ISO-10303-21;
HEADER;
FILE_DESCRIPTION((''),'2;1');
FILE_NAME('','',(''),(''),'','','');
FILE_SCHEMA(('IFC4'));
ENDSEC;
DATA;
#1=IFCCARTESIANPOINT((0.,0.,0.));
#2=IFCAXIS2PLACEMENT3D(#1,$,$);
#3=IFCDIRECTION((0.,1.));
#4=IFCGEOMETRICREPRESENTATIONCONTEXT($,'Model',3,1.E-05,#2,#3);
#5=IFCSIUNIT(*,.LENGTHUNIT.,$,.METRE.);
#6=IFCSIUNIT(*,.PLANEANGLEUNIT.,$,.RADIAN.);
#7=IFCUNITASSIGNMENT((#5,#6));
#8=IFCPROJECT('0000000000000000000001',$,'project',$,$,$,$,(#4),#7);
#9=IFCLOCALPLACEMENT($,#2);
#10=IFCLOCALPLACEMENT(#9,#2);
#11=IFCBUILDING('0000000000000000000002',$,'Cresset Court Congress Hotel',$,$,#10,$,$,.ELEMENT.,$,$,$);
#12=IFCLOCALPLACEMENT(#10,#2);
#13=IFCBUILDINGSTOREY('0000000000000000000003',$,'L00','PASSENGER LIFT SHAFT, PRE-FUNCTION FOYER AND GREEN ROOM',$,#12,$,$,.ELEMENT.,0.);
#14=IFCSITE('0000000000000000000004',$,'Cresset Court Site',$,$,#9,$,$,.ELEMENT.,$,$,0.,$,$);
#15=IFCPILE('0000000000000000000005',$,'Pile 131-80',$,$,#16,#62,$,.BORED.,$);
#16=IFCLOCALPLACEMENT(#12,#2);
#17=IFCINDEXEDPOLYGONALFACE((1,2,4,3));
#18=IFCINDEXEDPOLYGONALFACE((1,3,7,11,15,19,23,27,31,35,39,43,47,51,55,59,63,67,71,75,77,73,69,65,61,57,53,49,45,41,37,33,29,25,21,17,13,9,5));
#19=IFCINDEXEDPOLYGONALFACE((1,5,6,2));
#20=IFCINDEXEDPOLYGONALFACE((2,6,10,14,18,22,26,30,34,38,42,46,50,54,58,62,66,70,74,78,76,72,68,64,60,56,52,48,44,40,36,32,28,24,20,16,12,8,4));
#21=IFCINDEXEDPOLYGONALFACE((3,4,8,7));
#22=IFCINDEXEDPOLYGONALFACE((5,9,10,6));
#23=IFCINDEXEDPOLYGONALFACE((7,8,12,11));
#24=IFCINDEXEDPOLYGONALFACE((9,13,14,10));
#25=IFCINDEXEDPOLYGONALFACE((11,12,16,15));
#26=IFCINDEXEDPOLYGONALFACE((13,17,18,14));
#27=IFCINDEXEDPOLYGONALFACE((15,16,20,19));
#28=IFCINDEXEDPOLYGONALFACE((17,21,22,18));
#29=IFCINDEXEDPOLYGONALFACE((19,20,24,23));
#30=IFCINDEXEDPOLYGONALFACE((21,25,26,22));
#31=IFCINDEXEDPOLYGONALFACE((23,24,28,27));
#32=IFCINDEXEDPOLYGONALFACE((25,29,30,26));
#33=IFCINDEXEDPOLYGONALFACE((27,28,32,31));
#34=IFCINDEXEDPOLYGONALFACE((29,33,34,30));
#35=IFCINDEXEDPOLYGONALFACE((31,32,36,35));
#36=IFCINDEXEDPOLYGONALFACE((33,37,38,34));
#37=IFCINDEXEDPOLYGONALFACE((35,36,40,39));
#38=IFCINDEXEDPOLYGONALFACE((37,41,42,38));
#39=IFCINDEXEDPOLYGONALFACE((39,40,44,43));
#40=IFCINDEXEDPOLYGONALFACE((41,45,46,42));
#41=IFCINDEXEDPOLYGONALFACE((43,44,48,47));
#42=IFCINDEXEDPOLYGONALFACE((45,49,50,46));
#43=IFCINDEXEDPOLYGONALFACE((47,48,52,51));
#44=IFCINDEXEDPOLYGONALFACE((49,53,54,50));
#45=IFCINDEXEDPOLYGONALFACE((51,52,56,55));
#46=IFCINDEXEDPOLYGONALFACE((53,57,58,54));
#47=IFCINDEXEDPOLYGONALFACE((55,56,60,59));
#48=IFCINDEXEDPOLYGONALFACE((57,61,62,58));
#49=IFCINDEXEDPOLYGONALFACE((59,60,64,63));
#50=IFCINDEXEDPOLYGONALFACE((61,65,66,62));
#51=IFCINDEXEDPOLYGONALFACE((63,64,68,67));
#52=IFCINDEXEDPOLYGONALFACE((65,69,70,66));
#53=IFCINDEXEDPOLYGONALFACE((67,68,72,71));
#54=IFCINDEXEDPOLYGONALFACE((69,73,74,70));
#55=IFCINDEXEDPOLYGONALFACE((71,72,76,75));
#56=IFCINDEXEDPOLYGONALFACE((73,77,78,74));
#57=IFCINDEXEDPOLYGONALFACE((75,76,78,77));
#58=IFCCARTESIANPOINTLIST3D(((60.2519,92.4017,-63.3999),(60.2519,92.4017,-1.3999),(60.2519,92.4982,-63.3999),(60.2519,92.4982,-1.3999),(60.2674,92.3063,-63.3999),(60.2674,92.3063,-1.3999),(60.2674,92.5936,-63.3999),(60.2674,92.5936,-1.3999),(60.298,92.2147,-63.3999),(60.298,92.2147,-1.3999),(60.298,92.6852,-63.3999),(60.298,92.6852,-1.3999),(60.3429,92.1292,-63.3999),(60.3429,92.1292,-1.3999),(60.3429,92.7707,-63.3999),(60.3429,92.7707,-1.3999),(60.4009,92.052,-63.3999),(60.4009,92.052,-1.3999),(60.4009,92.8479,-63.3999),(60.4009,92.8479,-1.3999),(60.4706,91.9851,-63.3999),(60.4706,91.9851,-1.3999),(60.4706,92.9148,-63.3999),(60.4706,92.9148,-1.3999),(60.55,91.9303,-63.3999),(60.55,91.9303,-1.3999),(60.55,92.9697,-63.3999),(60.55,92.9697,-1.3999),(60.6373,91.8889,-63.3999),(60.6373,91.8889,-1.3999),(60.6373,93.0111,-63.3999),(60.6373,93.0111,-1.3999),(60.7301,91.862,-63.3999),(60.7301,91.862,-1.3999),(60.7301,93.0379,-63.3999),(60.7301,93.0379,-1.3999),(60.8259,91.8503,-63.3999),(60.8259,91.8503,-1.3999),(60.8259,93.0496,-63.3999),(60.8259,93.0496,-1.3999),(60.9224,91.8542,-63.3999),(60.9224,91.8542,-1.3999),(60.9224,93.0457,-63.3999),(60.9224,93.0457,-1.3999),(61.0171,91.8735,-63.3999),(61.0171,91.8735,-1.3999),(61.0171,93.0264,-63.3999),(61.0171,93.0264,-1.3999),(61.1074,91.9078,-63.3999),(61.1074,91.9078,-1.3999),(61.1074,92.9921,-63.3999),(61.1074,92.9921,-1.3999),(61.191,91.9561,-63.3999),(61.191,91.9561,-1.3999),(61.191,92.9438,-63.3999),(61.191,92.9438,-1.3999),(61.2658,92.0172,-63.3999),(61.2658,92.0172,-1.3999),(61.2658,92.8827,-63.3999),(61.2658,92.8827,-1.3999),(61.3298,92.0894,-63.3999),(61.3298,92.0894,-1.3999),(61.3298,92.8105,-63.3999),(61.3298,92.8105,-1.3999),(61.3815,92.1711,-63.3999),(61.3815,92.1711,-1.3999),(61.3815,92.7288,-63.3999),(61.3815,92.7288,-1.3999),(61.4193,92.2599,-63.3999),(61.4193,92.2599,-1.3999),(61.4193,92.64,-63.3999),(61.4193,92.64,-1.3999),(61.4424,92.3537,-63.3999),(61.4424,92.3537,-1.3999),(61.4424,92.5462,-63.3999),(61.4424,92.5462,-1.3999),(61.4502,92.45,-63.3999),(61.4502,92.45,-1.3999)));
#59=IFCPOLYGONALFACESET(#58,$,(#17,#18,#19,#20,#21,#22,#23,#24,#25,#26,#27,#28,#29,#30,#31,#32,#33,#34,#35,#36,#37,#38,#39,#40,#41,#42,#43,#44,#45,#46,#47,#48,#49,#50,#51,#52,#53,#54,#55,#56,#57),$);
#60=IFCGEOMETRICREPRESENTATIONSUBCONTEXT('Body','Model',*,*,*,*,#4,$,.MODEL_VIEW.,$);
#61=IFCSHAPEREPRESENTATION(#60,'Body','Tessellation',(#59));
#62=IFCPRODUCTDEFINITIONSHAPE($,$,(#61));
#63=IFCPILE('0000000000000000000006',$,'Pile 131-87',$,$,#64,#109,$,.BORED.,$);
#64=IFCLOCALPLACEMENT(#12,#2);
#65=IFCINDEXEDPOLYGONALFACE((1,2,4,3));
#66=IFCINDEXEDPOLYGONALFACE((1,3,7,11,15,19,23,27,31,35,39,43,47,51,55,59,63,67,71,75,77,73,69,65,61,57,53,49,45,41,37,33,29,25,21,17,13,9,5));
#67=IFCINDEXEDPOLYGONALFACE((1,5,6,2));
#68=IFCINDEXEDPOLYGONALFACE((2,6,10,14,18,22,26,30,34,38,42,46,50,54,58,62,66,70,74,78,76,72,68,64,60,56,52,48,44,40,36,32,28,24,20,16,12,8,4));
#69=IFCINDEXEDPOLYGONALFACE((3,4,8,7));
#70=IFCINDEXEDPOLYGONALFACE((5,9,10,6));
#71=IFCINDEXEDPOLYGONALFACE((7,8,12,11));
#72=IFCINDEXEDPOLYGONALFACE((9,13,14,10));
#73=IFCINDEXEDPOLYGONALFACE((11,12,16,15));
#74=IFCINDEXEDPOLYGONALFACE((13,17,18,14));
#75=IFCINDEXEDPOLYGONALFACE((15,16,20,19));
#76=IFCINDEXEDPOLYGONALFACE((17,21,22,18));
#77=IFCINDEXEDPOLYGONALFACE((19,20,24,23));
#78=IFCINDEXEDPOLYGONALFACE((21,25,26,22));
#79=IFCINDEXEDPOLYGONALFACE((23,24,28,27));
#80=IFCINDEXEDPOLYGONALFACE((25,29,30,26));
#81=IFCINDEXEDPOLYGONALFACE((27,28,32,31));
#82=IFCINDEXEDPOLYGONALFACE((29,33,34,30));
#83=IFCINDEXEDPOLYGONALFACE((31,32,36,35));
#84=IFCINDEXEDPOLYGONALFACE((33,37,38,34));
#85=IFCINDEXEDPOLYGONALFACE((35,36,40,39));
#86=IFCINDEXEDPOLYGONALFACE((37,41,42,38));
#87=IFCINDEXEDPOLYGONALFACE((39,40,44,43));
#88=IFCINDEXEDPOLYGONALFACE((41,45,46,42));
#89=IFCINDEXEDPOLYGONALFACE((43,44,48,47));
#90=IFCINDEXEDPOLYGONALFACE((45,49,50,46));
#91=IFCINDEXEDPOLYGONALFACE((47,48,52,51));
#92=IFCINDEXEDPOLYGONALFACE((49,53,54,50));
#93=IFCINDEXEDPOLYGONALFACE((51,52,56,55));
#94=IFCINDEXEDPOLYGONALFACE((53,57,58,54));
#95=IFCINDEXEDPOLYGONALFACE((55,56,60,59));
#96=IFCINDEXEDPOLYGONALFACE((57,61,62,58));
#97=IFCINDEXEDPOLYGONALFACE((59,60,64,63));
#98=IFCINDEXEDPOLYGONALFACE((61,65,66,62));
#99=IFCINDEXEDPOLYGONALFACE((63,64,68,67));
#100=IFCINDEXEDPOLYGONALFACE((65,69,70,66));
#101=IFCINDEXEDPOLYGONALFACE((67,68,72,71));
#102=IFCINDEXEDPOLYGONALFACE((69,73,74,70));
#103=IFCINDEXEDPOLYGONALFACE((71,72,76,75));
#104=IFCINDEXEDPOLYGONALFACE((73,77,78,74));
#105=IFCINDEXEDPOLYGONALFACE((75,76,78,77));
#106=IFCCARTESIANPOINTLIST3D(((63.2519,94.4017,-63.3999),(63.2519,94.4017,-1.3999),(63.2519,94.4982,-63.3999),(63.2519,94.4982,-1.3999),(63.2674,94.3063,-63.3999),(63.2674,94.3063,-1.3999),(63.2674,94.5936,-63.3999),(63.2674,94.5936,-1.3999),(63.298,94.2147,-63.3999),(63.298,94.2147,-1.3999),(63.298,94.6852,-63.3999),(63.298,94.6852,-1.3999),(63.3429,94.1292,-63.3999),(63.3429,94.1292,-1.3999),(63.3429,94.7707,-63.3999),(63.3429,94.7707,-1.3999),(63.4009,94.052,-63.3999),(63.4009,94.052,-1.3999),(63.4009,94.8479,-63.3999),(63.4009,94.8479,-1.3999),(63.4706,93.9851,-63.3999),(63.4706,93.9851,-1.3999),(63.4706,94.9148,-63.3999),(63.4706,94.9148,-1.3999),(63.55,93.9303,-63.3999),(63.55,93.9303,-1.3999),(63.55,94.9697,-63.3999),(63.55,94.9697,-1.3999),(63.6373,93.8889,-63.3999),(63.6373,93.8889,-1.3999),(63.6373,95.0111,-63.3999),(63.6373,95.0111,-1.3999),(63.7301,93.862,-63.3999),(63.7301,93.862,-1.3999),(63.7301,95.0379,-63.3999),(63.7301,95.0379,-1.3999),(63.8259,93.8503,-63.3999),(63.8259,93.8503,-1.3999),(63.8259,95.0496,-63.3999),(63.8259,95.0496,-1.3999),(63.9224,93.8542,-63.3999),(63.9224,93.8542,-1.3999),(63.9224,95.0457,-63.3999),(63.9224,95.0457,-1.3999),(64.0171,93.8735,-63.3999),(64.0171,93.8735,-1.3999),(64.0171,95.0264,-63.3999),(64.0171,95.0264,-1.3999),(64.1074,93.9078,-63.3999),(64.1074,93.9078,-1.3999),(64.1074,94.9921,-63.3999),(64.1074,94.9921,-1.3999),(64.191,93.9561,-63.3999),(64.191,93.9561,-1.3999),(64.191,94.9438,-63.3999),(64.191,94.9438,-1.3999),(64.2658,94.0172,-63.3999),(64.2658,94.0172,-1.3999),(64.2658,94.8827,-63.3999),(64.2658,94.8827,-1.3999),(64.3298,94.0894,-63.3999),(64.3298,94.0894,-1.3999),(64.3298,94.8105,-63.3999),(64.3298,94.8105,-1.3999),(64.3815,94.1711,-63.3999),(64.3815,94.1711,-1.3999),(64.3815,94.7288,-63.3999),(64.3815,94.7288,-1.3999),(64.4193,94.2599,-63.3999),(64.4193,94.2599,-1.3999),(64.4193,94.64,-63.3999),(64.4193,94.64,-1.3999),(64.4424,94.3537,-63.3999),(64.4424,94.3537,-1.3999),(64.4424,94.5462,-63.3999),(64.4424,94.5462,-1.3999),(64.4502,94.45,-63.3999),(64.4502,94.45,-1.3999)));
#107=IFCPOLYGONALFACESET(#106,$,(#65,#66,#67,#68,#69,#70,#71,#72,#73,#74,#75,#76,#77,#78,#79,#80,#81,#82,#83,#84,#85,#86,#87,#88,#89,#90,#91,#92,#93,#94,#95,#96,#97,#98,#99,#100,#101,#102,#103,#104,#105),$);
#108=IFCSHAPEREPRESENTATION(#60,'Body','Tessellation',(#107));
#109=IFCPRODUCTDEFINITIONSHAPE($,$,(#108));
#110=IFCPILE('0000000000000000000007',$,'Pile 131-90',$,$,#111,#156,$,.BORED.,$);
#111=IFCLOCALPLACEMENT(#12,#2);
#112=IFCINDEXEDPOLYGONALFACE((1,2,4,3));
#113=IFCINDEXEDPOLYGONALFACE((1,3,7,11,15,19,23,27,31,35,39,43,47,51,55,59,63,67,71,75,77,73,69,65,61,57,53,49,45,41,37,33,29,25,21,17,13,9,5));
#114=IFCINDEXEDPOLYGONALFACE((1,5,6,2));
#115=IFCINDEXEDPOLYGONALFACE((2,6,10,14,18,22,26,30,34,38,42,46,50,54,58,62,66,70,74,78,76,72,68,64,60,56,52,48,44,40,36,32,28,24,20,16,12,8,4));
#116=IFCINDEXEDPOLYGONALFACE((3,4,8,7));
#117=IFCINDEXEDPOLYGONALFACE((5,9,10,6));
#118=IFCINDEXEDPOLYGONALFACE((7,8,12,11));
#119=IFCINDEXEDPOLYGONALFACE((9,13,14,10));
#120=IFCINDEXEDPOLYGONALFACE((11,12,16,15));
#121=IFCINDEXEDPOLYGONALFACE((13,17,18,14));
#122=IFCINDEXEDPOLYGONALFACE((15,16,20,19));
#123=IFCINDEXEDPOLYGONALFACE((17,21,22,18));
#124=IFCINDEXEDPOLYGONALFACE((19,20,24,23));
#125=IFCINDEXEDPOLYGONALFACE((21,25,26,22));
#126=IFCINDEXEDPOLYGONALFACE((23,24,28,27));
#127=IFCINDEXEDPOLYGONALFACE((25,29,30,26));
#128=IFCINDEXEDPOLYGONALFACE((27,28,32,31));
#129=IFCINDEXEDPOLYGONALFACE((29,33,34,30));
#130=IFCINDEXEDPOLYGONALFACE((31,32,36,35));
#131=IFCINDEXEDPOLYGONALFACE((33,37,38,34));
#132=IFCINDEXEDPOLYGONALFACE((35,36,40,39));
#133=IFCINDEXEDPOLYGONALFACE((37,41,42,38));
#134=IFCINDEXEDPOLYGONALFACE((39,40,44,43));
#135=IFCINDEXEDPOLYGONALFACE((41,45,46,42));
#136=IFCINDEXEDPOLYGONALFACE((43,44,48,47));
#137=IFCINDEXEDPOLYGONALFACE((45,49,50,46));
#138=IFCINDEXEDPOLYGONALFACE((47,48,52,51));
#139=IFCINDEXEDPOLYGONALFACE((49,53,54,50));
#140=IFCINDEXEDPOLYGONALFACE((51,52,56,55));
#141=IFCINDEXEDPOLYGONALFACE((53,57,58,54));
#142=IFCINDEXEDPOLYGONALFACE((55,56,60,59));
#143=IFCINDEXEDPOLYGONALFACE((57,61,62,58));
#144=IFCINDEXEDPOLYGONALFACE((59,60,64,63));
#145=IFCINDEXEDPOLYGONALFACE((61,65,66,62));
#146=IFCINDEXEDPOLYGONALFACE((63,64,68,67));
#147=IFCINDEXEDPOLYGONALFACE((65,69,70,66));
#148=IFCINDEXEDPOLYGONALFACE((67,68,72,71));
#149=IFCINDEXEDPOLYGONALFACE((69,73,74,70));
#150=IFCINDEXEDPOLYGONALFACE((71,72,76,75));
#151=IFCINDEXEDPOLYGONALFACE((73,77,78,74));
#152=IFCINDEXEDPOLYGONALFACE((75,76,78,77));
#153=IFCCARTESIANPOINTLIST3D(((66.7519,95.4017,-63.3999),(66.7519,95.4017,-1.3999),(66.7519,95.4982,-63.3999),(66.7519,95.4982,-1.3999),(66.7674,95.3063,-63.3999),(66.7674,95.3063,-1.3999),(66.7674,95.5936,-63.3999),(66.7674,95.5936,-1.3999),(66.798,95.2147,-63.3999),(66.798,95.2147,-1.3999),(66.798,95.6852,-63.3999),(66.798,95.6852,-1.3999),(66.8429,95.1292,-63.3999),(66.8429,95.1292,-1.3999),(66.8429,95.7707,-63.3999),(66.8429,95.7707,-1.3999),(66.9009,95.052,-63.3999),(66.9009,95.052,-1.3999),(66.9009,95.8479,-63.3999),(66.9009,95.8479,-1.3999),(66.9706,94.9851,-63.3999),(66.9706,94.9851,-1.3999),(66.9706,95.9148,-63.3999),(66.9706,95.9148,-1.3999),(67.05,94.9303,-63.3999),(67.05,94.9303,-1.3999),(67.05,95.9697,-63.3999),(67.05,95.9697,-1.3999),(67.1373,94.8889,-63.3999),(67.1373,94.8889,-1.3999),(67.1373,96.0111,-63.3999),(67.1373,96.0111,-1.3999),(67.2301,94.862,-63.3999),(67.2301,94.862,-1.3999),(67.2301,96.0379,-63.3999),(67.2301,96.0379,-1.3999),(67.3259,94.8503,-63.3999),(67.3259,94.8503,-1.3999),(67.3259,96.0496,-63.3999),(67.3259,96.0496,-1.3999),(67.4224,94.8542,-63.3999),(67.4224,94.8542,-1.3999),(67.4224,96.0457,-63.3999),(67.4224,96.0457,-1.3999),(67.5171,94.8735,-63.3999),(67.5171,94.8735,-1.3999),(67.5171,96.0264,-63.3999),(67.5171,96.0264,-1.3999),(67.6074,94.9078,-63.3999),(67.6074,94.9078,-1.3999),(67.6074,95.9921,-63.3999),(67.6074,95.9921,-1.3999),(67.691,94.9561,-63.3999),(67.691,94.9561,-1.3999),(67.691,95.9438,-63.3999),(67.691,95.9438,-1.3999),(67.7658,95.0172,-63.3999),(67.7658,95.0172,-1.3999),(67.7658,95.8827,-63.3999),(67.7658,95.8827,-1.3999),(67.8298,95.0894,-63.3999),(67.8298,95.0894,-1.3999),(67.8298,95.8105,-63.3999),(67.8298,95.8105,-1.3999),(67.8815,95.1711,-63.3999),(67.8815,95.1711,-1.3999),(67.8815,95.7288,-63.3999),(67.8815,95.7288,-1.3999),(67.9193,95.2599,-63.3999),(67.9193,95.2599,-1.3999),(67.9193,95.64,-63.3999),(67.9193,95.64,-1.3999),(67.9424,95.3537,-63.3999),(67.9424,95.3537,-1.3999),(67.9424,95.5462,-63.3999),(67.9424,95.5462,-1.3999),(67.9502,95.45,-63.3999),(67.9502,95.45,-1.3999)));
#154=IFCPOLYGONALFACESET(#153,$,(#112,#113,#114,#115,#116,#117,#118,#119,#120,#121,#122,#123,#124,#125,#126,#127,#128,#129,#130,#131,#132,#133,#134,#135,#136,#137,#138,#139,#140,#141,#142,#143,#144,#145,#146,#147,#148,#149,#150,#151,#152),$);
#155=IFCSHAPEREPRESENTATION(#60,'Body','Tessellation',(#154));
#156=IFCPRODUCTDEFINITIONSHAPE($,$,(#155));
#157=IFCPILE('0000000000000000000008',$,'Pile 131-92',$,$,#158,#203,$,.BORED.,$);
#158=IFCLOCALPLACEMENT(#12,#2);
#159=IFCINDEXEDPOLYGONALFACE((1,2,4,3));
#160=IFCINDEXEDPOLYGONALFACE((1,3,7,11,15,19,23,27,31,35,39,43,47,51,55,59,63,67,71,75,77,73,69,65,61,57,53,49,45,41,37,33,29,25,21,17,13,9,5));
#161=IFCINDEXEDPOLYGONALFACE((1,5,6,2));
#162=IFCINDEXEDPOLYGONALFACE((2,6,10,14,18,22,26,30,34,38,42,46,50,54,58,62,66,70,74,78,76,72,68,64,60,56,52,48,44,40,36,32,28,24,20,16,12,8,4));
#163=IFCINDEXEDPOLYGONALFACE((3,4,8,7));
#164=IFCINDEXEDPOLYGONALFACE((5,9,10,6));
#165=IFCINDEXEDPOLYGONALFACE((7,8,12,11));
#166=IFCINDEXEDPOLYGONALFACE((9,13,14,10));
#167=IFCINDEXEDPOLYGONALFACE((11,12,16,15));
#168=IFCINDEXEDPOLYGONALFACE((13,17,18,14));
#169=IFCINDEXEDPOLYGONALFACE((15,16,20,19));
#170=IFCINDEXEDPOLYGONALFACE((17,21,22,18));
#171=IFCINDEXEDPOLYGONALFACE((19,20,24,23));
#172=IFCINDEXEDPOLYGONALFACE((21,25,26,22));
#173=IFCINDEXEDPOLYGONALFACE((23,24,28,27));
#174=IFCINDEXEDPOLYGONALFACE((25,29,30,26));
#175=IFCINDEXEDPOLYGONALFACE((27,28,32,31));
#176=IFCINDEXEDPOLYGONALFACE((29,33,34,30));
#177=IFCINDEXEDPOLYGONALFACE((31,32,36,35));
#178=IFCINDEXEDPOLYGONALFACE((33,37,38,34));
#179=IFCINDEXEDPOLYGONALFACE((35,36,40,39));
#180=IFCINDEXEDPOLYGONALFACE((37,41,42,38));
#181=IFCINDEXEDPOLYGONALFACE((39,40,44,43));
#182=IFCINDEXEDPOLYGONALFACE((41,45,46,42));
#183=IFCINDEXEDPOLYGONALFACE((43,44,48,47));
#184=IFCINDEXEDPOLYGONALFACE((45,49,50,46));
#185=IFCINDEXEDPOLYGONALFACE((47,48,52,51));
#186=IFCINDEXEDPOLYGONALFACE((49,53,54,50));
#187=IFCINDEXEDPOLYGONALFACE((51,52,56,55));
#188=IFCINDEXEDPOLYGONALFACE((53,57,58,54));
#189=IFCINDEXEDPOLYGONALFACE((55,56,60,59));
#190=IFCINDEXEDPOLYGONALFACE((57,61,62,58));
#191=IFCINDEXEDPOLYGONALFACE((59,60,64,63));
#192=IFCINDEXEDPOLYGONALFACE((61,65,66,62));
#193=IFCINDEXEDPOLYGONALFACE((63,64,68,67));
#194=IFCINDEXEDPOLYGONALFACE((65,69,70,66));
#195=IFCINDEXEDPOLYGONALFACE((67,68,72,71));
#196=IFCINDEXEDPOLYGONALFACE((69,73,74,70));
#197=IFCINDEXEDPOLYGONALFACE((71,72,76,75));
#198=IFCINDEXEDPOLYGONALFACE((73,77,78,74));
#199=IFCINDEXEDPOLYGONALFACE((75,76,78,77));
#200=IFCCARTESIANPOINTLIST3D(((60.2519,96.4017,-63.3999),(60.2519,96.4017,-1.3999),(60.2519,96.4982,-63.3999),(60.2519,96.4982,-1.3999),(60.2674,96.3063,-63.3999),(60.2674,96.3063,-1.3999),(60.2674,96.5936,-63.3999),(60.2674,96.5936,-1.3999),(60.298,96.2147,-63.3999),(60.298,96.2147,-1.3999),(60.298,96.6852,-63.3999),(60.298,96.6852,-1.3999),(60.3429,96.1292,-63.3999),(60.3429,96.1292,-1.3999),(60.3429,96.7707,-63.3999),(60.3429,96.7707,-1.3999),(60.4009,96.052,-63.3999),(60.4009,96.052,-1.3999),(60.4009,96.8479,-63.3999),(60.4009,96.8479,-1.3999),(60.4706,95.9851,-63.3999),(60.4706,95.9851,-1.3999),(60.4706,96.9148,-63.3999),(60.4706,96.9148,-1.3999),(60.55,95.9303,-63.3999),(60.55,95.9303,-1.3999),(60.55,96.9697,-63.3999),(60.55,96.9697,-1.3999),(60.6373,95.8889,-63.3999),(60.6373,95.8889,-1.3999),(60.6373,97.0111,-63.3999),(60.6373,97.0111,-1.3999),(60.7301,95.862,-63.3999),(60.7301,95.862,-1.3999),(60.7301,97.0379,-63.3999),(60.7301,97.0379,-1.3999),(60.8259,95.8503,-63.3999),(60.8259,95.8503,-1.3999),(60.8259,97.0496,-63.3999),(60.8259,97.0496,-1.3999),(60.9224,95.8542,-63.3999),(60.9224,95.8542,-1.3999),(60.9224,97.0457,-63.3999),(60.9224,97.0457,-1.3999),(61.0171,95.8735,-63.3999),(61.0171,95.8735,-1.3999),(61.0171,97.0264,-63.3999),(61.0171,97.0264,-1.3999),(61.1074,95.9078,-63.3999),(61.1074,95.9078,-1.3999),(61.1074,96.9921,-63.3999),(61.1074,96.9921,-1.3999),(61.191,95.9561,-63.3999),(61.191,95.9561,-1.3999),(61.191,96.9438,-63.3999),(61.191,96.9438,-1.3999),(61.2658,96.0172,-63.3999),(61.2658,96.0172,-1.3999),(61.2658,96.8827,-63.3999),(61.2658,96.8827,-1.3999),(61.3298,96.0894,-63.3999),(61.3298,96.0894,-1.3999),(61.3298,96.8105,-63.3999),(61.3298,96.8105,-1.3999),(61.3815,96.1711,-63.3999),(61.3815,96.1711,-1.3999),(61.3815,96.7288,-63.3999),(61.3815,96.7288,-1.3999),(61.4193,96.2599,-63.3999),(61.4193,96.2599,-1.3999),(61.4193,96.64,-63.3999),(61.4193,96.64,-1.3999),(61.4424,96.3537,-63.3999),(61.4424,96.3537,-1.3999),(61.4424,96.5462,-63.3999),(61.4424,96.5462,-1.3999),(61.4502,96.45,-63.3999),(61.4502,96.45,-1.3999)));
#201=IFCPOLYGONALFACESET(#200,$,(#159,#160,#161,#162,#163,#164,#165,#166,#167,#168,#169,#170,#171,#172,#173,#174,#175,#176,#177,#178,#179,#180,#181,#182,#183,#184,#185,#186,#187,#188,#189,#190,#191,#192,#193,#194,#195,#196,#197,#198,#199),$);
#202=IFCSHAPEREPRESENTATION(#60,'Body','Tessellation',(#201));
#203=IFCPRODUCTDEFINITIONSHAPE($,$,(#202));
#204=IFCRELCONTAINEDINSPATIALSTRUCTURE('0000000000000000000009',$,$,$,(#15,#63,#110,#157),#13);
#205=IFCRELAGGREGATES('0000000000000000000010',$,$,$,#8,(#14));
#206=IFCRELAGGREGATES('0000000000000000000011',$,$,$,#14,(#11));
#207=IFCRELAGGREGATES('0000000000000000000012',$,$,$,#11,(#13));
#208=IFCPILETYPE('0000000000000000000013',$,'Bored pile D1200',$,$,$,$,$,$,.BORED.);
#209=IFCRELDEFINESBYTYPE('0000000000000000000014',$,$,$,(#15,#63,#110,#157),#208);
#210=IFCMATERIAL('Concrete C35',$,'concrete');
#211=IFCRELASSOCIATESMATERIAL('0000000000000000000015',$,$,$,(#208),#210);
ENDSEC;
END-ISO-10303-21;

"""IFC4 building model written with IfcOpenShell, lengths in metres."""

from ifc_helpers import new_model, si_unit, direction, frame, origin, origin_2d, place, context, subcontext, project, spatial, circle, extrude, material, type_object, element, save


model = new_model("IFC4")

# Units and contexts
model_context = context("Model", 3, precision=1e-05, world=origin(), true_north=direction((0.0, 1.0)))
body_context = subcontext(model_context, "Body", "Model", "MODEL_VIEW")
ifc_project = project(units=[si_unit("LENGTHUNIT", "METRE"), si_unit("PLANEANGLEUNIT", "RADIAN")], contexts=[model_context])

# Site, building, storey
site_placement = place(None, origin())
site = spatial("IfcSite", under=ifc_project, at=site_placement, Name="Cresset Court Site", CompositionType="ELEMENT", RefElevation=0.0)
building_placement = place(site_placement, origin())
building = spatial("IfcBuilding", under=site, at=building_placement, Name="Cresset Court Congress Hotel", CompositionType="ELEMENT")
storey_placement = place(building_placement, origin())
storey = spatial("IfcBuildingStorey", under=building, at=storey_placement, Name="L00", Description="PASSENGER LIFT SHAFT, PRE-FUNCTION FOYER AND GREEN ROOM", CompositionType="ELEMENT", Elevation=0.0)

# Piles
ifc_material_1 = material(Name="Concrete C35", Category="concrete")
pile_type = type_object("IfcPileType", Name="Bored pile D1200", PredefinedType="BORED", material=ifc_material_1)
for number, where, z_axis, x_axis, name in (
    (1, (60.8501, 92.45, -1.3999), (0.0, 0.0, -1.0), (1.0, 0.0, 0.0), "Pile 131-80"),
    (2, (63.8501, 94.45, -1.3999), (0.0, 0.0, -1.0), (1.0, 0.0, 0.0), "Pile 131-87"),
    (3, (67.3501, 95.45, -1.3999), (0.0, 0.0, -1.0), (1.0, 0.0, 0.0), "Pile 131-90"),
    (4, (60.8501, 96.45, -1.3999), (0.0, 0.0, -1.0), (1.0, 0.0, 0.0), "Pile 131-92"),
):
    element("IfcPile", number, at=place(storey_placement, frame(where, z_axis=z_axis, x_axis=x_axis)), inside=storey, type_object=pile_type, Name=name, PredefinedType="BORED", context=body_context, shape_type="SweptSolid", body=[
        extrude(circle(Radius=0.6001, at=origin_2d()), origin(), (0.0, 0.0, 1.0), 62.0),
    ])

save(model, "model.ifc")
